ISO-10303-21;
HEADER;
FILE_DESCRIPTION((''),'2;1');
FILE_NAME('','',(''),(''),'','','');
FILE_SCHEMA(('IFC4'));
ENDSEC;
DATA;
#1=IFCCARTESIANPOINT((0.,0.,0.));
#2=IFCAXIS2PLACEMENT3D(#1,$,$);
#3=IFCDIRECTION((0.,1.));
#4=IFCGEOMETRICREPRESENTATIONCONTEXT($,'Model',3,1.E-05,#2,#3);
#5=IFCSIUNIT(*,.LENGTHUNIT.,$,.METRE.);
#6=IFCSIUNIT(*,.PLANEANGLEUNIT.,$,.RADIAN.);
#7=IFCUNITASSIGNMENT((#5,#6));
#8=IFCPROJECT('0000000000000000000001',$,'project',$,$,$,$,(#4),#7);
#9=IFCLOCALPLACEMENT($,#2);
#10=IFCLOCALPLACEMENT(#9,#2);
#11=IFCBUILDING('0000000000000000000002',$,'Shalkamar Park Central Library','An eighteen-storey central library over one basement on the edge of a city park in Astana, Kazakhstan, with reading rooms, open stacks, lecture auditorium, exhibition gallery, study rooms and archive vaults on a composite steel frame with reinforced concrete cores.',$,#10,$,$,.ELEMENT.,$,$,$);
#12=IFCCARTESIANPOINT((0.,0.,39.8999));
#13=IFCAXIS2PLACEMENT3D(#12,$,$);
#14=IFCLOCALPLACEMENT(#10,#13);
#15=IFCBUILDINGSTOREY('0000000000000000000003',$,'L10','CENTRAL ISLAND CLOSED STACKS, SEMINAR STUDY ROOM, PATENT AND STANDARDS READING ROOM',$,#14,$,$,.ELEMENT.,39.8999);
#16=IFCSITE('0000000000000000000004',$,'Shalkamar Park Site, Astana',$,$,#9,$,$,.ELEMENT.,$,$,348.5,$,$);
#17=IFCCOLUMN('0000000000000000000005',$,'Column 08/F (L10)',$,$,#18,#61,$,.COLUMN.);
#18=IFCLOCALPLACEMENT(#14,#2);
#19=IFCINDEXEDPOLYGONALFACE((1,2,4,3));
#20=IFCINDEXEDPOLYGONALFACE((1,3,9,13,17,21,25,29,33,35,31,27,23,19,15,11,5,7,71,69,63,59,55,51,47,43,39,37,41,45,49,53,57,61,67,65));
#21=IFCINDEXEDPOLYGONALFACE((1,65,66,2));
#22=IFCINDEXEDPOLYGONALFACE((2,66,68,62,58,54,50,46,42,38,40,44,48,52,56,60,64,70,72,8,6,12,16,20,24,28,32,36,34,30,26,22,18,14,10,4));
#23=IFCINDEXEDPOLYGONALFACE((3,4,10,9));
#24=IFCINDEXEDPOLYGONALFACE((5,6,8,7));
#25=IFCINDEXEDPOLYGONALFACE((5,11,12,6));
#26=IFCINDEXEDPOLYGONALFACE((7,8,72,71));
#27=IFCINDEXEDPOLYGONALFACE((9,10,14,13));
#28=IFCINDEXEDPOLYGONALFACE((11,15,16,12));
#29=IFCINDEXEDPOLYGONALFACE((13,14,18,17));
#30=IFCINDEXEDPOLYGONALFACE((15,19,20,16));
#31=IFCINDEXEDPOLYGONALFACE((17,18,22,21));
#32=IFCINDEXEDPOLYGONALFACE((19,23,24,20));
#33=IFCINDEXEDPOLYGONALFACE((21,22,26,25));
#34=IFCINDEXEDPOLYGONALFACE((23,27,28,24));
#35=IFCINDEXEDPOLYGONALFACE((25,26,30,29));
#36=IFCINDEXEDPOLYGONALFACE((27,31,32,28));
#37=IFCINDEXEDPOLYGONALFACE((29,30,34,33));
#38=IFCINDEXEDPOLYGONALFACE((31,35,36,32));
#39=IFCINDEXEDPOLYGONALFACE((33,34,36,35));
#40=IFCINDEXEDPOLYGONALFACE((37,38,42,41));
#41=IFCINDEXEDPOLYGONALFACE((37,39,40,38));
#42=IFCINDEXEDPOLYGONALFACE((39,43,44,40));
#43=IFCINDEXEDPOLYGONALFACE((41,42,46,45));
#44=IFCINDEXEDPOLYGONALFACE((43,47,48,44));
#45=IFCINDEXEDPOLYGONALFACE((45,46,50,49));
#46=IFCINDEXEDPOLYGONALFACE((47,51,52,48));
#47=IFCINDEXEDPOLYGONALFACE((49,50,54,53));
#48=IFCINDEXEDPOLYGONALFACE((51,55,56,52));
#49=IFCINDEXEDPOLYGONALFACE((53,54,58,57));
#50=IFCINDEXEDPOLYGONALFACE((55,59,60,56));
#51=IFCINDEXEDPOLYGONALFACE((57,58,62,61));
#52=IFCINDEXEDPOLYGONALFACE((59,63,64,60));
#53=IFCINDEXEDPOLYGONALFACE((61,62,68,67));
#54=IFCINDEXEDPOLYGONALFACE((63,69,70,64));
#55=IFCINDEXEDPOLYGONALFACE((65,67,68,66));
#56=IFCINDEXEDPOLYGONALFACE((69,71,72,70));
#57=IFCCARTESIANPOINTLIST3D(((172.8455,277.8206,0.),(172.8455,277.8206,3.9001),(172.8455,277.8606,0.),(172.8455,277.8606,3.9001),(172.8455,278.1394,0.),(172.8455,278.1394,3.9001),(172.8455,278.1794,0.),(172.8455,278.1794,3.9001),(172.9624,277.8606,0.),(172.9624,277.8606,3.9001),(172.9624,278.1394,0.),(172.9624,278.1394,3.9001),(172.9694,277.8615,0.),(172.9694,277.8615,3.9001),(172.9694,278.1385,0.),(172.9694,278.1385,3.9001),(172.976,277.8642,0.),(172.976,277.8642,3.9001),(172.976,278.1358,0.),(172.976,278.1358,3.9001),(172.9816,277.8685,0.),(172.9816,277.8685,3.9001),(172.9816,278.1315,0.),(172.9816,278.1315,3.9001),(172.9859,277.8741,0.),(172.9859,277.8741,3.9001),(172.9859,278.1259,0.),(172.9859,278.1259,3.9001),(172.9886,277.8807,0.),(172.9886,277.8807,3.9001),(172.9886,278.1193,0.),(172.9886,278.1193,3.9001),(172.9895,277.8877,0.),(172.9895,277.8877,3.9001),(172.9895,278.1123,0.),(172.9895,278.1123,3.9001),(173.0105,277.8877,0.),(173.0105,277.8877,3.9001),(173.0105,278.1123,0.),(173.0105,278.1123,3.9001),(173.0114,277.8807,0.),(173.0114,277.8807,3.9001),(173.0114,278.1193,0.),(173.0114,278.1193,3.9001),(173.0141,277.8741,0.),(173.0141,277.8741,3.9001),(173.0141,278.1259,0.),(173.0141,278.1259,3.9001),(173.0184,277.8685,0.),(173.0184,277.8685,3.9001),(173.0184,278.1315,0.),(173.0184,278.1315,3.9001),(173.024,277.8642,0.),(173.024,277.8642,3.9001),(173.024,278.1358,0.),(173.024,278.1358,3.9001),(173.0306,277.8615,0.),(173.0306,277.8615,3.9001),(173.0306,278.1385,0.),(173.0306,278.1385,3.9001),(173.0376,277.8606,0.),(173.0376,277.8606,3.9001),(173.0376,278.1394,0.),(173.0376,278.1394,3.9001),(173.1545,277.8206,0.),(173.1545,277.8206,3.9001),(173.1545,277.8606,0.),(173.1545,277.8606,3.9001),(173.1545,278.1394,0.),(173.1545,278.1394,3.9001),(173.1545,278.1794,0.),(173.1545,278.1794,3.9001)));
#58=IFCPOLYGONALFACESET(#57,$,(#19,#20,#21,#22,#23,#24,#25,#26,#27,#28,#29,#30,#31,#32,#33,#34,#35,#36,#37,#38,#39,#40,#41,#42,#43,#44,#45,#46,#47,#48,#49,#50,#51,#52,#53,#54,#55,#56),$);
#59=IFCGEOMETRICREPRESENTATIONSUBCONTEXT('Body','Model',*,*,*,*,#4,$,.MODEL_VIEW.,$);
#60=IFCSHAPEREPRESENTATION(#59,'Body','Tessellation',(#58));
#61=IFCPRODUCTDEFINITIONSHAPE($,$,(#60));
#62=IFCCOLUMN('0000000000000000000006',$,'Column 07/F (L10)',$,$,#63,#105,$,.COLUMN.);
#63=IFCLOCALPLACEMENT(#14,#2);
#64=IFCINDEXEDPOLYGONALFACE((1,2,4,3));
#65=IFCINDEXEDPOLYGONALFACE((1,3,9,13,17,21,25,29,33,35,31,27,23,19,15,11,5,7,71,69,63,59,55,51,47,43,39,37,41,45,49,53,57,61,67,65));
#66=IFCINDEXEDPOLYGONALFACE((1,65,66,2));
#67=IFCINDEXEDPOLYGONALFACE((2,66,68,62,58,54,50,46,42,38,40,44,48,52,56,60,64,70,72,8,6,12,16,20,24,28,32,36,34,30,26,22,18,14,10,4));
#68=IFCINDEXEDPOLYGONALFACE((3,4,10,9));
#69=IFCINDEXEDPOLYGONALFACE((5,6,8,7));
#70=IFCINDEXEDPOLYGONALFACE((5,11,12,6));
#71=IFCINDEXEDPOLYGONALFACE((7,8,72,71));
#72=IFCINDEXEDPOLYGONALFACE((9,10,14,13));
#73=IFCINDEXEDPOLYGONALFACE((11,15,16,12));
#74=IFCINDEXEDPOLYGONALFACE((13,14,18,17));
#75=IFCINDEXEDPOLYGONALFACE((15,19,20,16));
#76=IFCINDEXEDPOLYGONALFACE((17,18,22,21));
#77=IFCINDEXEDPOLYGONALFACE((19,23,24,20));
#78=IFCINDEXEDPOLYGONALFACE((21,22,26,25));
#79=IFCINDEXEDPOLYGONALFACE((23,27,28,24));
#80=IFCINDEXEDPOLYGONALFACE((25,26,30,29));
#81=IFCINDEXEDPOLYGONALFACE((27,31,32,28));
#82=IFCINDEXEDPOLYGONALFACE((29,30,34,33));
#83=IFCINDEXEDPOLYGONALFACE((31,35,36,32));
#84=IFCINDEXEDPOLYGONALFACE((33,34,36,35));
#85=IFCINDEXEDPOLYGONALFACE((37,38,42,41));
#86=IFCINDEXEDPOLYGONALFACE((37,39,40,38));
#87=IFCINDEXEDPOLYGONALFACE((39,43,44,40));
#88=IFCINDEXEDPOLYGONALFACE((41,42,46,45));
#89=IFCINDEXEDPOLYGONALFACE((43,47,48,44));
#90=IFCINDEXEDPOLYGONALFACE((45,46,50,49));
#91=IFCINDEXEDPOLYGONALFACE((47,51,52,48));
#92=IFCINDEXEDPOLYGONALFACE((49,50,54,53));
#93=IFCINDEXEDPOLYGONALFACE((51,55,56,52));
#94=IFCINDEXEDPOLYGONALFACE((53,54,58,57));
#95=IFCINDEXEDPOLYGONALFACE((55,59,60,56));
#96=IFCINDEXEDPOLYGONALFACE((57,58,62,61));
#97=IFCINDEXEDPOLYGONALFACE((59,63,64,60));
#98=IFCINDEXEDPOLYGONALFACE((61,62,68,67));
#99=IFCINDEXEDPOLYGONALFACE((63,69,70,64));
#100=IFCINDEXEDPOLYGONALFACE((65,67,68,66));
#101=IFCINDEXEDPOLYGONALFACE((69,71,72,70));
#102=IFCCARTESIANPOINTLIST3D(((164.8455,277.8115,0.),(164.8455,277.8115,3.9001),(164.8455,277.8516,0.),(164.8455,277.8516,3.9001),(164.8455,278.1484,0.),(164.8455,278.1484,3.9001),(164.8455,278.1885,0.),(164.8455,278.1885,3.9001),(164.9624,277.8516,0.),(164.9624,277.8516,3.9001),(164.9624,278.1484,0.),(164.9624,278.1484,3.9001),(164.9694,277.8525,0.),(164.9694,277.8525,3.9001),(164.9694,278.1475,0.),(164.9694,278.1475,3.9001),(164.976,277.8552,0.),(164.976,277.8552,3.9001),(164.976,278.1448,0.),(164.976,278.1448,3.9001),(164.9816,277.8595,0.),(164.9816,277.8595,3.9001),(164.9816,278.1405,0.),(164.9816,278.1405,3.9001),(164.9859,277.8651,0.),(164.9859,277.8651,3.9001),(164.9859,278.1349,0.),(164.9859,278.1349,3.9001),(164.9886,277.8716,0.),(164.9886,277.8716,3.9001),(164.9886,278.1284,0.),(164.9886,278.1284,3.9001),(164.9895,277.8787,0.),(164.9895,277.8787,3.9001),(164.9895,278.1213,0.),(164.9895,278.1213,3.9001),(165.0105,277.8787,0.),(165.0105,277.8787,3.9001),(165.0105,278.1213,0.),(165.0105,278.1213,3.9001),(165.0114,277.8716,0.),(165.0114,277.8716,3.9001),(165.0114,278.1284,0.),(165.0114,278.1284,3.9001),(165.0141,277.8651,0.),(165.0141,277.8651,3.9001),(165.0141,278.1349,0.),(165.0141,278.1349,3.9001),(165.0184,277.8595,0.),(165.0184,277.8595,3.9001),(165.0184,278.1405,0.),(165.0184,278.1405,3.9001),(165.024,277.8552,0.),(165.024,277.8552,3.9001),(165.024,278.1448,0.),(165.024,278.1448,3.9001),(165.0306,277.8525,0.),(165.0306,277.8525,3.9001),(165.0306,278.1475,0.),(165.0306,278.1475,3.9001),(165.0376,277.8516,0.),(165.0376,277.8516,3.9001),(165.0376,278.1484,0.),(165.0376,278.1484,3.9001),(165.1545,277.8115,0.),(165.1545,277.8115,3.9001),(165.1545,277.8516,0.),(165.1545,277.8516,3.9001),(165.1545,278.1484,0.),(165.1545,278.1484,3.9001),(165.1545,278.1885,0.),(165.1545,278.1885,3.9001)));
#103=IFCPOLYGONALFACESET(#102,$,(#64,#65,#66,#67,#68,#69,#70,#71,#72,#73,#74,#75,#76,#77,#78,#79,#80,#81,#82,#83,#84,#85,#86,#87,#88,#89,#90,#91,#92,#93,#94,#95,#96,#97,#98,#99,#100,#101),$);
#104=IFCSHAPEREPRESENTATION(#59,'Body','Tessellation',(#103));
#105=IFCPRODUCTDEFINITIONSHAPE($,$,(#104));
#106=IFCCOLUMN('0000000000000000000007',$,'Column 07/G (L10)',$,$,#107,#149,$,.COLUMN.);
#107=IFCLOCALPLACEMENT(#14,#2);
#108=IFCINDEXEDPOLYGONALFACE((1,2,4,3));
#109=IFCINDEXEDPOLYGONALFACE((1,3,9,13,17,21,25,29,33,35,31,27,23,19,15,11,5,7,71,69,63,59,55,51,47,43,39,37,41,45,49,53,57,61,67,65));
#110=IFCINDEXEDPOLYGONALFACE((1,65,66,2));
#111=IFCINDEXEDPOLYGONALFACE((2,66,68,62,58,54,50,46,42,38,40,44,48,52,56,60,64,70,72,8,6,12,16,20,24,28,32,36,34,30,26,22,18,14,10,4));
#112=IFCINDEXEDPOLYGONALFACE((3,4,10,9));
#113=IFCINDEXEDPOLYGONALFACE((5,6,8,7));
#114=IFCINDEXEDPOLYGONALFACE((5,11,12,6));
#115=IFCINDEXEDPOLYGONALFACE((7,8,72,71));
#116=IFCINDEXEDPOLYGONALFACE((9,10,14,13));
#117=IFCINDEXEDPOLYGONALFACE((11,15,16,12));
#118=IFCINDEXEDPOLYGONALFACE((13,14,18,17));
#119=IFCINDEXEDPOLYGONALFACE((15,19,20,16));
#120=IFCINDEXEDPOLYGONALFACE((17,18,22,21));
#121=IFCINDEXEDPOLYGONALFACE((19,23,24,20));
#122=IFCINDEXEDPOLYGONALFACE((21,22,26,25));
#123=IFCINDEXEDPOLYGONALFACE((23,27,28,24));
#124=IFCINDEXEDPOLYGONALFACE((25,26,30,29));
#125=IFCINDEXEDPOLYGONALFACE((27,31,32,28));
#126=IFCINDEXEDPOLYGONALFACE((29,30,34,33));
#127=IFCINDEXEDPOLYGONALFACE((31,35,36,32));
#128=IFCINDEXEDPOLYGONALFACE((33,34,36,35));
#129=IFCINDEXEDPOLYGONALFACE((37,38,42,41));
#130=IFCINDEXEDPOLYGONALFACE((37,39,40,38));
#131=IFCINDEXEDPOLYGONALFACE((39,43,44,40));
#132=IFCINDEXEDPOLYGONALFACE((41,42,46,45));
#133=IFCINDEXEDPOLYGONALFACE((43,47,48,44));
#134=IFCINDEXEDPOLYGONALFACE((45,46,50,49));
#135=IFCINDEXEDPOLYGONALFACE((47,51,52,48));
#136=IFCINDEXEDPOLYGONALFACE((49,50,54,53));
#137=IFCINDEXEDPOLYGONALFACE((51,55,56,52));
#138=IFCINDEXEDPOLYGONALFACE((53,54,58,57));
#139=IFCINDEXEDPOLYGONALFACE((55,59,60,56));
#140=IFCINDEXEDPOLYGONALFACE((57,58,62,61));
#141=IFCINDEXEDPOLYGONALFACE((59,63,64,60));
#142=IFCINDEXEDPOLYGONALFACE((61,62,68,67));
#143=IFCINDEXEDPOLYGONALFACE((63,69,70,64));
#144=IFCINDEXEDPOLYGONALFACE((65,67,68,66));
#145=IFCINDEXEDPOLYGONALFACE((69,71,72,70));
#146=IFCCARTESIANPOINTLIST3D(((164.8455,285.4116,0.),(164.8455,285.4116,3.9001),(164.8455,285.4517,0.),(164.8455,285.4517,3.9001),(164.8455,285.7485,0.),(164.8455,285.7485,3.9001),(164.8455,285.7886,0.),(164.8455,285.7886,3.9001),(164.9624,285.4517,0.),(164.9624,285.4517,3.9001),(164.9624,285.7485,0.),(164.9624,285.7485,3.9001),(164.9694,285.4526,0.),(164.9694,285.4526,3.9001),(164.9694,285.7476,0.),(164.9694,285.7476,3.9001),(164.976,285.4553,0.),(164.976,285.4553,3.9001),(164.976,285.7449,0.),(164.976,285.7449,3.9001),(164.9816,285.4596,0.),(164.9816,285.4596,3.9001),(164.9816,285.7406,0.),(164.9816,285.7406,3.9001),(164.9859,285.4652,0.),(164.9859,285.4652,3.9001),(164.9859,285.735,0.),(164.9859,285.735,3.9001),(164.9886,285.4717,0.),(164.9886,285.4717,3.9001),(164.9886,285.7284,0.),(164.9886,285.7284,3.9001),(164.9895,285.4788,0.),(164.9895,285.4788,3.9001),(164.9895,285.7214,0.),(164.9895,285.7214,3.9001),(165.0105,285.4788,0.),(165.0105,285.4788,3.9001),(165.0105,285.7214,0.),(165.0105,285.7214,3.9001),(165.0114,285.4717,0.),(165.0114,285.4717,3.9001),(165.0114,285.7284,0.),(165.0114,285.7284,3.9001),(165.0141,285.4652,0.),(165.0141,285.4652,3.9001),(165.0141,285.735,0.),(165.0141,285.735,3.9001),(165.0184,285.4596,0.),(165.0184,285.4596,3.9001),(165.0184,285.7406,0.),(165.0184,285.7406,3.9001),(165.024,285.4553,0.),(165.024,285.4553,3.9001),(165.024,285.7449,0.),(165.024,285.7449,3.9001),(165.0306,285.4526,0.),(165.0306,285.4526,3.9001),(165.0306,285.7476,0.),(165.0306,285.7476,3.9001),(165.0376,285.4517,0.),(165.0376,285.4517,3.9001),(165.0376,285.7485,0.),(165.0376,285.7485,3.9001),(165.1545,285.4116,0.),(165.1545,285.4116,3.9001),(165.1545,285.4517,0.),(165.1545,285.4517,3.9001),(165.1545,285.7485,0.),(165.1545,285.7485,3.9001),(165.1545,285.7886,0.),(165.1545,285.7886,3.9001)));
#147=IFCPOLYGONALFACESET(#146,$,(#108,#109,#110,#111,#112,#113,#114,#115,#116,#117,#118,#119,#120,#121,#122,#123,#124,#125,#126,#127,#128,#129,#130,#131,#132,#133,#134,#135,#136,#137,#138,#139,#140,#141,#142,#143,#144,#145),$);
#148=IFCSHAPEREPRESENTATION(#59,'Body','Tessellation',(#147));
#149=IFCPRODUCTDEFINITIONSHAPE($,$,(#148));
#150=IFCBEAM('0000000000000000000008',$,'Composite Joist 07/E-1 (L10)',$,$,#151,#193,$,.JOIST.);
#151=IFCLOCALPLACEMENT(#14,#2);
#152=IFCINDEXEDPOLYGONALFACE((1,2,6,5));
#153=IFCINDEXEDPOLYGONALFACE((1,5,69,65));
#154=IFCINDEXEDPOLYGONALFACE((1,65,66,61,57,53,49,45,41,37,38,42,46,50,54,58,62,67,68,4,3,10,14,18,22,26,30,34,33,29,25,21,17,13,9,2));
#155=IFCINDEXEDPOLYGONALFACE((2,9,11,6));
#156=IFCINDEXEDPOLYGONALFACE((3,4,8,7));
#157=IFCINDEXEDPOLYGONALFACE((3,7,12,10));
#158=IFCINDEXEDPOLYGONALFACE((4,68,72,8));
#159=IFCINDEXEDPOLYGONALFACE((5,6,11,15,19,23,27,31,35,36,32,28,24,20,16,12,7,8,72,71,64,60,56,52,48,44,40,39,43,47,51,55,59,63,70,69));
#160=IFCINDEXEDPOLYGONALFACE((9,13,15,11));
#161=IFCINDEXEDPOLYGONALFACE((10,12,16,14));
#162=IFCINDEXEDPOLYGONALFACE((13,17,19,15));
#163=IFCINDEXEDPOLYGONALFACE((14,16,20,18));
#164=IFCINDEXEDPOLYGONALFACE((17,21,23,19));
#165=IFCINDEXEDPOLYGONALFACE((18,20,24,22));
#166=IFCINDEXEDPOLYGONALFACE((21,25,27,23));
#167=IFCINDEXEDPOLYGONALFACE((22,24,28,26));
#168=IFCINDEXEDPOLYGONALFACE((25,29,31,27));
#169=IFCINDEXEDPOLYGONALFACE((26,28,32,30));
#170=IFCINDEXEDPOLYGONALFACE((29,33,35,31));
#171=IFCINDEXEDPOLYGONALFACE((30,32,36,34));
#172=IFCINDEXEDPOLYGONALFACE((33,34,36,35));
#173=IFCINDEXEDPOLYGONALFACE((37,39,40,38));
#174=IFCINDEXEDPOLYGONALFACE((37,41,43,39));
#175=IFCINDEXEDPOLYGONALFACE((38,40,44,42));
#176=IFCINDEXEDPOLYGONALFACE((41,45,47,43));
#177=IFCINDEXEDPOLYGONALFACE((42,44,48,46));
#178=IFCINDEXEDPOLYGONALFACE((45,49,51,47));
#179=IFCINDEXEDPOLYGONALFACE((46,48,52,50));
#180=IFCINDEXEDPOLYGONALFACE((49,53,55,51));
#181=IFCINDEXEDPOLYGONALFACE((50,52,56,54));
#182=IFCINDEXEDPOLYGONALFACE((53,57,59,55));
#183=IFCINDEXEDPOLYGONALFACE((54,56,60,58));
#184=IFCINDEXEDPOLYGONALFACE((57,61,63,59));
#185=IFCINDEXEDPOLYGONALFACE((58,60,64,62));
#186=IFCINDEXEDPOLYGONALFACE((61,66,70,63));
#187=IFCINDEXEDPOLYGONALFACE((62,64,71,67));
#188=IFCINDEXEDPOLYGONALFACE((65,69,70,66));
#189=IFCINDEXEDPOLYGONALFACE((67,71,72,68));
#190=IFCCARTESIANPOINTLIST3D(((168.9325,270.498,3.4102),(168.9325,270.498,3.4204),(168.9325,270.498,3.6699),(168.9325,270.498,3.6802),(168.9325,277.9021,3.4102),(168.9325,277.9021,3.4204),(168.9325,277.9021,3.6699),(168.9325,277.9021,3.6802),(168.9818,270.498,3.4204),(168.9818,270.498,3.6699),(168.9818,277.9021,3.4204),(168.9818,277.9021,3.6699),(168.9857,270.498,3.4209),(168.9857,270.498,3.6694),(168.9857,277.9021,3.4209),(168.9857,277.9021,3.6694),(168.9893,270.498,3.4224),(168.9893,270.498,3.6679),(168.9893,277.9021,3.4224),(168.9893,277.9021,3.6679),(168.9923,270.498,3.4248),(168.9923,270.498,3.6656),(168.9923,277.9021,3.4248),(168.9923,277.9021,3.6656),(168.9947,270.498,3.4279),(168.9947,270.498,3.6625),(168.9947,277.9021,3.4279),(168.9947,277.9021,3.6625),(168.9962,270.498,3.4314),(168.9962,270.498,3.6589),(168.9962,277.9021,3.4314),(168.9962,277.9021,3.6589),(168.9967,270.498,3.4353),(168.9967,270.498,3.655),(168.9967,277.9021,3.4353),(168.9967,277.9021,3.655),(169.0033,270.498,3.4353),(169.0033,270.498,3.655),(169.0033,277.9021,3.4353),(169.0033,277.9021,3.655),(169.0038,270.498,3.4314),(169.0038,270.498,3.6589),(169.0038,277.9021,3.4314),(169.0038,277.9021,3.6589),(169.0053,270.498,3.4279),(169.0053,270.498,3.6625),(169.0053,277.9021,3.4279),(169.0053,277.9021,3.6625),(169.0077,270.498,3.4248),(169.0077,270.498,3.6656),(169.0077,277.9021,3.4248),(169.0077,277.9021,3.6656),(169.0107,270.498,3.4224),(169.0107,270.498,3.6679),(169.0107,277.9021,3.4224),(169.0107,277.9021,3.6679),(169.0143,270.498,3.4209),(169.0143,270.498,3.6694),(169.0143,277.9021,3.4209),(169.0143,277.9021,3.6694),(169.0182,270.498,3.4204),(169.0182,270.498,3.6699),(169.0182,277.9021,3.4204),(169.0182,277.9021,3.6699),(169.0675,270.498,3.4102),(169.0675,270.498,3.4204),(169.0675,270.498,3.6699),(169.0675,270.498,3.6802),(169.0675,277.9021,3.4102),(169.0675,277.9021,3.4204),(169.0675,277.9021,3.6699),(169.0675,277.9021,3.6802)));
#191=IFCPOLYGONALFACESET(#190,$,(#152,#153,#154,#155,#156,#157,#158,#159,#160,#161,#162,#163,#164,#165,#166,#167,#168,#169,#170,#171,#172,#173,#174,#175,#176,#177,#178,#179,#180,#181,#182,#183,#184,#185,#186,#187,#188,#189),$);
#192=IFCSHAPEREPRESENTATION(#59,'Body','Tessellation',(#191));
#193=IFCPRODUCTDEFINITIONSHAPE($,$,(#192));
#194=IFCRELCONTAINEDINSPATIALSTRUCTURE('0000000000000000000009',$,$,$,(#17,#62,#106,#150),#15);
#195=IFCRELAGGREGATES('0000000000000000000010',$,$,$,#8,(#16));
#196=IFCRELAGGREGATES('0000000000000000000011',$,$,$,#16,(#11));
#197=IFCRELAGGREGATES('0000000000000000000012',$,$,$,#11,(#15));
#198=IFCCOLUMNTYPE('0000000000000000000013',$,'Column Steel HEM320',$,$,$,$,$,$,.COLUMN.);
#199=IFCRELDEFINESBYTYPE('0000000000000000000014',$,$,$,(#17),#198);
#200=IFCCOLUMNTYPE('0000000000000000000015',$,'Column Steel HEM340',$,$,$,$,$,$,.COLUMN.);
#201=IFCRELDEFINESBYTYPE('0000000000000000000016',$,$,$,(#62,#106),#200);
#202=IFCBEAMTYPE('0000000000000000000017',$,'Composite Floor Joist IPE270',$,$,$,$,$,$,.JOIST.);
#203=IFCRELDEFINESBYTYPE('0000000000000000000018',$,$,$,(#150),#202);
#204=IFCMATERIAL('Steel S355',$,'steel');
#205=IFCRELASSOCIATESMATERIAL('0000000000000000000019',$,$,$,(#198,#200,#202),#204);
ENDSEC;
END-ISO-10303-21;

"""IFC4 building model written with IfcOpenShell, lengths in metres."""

from ifc_helpers import new_model, si_unit, direction, frame, origin, origin_2d, place, context, subcontext, project, spatial, i_section, extrude, material, material_profile, profile_set, type_object, element, save


model = new_model("IFC4")

# Units and contexts
model_context = context("Model", 3, precision=1e-05, world=origin(), true_north=direction((0.0, 1.0)))
body_context = subcontext(model_context, "Body", "Model", "MODEL_VIEW")
ifc_project = project(units=[si_unit("LENGTHUNIT", "METRE"), si_unit("PLANEANGLEUNIT", "RADIAN")], contexts=[model_context])

# Site, building, storey
site_placement = place(None, origin())
site = spatial("IfcSite", under=ifc_project, at=site_placement, Name="Shalkamar Park Site, Astana", CompositionType="ELEMENT", RefElevation=348.5)
building_placement = place(site_placement, origin())
building = spatial("IfcBuilding", under=site, at=building_placement, Name="Shalkamar Park Central Library", Description="An eighteen-storey central library over one basement on the edge of a city park in Astana, Kazakhstan, with reading rooms, open stacks, lecture auditorium, exhibition gallery, study rooms and archive vaults on a composite steel frame with reinforced concrete cores.", CompositionType="ELEMENT")
storey_placement = place(building_placement, frame((0.0, 0.0, 39.8999)))
storey = spatial("IfcBuildingStorey", under=building, at=storey_placement, Name="L10", Description="CENTRAL ISLAND CLOSED STACKS, SEMINAR STUDY ROOM, PATENT AND STANDARDS READING ROOM", CompositionType="ELEMENT", Elevation=39.8999)

# Columns
ifc_material_1 = material(Name="Steel S355", Category="steel")
ifc_material_profile_1 = material_profile(ifc_material_1, i_section(OverallWidth=0.3091, OverallDepth=0.3589, WebThickness=0.021, FlangeThickness=0.04, FilletRadius=0.0271, at=origin_2d()), Name="HEM 320")
ifc_profile_set_1 = profile_set([ifc_material_profile_1], Name="Steel S355")
column_type_1 = type_object("IfcColumnType", Name="Column Steel HEM320", PredefinedType="COLUMN", material=ifc_profile_set_1)
column_placement = place(storey_placement, frame((173.0, 278.0, 0.0), z_axis=(0.0, 0.0, 1.0), x_axis=(1.0, 0.0, 0.0)))
element("IfcColumn", 1, at=column_placement, inside=storey, type_object=column_type_1, Name="Column 08/F (L10)", PredefinedType="COLUMN", context=body_context, shape_type="SweptSolid", body=[
    extrude(i_section(OverallWidth=0.3091, OverallDepth=0.3589, WebThickness=0.021, FlangeThickness=0.04, FilletRadius=0.0271, at=origin_2d()), origin(), (0.0, 0.0, 1.0), 3.9001),
])
ifc_material_profile_2 = material_profile(ifc_material_1, i_section(OverallWidth=0.3091, OverallDepth=0.377, WebThickness=0.021, FlangeThickness=0.04, FilletRadius=0.0271, at=origin_2d()), Name="HEM 340")
ifc_profile_set_2 = profile_set([ifc_material_profile_2], Name="Steel S355")
column_type_2 = type_object("IfcColumnType", Name="Column Steel HEM340", PredefinedType="COLUMN", material=ifc_profile_set_2)
for number, where, z_axis, x_axis, name in (
    (2, (165.0, 278.0, 0.0), (0.0, 0.0, 1.0), (1.0, 0.0, 0.0), "Column 07/F (L10)"),
    (3, (165.0, 285.6001, 0.0), (0.0, 0.0, 1.0), (1.0, 0.0, 0.0), "Column 07/G (L10)"),
):
    element("IfcColumn", number, at=place(storey_placement, frame(where, z_axis=z_axis, x_axis=x_axis)), inside=storey, type_object=column_type_2, Name=name, PredefinedType="COLUMN", context=body_context, shape_type="SweptSolid", body=[
        extrude(i_section(OverallWidth=0.3091, OverallDepth=0.377, WebThickness=0.021, FlangeThickness=0.04, FilletRadius=0.0271, at=origin_2d()), origin(), (0.0, 0.0, 1.0), 3.9001),
    ])

# Beam
ifc_material_profile_3 = material_profile(ifc_material_1, i_section(OverallWidth=0.135, OverallDepth=0.27, WebThickness=0.0066, FlangeThickness=0.0103, FilletRadius=0.0149, at=origin_2d()), Name="IPE 270")
ifc_profile_set_3 = profile_set([ifc_material_profile_3], Name="Steel S355")
beam_type_1 = type_object("IfcBeamType", Name="Composite Floor Joist IPE270", PredefinedType="JOIST", material=ifc_profile_set_3)
beam_1_placement = place(storey_placement, frame((169.0, 270.498, 3.5452), z_axis=(0.0, 1.0, 0.0), x_axis=(-1.0, 0.0, 0.0)))
element("IfcBeam", 4, at=beam_1_placement, inside=storey, type_object=beam_type_1, Name="Composite Joist 07/E-1 (L10)", PredefinedType="JOIST", context=body_context, shape_type="SweptSolid", body=[
    extrude(i_section(OverallWidth=0.135, OverallDepth=0.27, WebThickness=0.0066, FlangeThickness=0.0103, FilletRadius=0.0149, at=origin_2d()), origin(), (0.0, 0.0, 1.0), 7.4041),
])

save(model, "model.ifc")
